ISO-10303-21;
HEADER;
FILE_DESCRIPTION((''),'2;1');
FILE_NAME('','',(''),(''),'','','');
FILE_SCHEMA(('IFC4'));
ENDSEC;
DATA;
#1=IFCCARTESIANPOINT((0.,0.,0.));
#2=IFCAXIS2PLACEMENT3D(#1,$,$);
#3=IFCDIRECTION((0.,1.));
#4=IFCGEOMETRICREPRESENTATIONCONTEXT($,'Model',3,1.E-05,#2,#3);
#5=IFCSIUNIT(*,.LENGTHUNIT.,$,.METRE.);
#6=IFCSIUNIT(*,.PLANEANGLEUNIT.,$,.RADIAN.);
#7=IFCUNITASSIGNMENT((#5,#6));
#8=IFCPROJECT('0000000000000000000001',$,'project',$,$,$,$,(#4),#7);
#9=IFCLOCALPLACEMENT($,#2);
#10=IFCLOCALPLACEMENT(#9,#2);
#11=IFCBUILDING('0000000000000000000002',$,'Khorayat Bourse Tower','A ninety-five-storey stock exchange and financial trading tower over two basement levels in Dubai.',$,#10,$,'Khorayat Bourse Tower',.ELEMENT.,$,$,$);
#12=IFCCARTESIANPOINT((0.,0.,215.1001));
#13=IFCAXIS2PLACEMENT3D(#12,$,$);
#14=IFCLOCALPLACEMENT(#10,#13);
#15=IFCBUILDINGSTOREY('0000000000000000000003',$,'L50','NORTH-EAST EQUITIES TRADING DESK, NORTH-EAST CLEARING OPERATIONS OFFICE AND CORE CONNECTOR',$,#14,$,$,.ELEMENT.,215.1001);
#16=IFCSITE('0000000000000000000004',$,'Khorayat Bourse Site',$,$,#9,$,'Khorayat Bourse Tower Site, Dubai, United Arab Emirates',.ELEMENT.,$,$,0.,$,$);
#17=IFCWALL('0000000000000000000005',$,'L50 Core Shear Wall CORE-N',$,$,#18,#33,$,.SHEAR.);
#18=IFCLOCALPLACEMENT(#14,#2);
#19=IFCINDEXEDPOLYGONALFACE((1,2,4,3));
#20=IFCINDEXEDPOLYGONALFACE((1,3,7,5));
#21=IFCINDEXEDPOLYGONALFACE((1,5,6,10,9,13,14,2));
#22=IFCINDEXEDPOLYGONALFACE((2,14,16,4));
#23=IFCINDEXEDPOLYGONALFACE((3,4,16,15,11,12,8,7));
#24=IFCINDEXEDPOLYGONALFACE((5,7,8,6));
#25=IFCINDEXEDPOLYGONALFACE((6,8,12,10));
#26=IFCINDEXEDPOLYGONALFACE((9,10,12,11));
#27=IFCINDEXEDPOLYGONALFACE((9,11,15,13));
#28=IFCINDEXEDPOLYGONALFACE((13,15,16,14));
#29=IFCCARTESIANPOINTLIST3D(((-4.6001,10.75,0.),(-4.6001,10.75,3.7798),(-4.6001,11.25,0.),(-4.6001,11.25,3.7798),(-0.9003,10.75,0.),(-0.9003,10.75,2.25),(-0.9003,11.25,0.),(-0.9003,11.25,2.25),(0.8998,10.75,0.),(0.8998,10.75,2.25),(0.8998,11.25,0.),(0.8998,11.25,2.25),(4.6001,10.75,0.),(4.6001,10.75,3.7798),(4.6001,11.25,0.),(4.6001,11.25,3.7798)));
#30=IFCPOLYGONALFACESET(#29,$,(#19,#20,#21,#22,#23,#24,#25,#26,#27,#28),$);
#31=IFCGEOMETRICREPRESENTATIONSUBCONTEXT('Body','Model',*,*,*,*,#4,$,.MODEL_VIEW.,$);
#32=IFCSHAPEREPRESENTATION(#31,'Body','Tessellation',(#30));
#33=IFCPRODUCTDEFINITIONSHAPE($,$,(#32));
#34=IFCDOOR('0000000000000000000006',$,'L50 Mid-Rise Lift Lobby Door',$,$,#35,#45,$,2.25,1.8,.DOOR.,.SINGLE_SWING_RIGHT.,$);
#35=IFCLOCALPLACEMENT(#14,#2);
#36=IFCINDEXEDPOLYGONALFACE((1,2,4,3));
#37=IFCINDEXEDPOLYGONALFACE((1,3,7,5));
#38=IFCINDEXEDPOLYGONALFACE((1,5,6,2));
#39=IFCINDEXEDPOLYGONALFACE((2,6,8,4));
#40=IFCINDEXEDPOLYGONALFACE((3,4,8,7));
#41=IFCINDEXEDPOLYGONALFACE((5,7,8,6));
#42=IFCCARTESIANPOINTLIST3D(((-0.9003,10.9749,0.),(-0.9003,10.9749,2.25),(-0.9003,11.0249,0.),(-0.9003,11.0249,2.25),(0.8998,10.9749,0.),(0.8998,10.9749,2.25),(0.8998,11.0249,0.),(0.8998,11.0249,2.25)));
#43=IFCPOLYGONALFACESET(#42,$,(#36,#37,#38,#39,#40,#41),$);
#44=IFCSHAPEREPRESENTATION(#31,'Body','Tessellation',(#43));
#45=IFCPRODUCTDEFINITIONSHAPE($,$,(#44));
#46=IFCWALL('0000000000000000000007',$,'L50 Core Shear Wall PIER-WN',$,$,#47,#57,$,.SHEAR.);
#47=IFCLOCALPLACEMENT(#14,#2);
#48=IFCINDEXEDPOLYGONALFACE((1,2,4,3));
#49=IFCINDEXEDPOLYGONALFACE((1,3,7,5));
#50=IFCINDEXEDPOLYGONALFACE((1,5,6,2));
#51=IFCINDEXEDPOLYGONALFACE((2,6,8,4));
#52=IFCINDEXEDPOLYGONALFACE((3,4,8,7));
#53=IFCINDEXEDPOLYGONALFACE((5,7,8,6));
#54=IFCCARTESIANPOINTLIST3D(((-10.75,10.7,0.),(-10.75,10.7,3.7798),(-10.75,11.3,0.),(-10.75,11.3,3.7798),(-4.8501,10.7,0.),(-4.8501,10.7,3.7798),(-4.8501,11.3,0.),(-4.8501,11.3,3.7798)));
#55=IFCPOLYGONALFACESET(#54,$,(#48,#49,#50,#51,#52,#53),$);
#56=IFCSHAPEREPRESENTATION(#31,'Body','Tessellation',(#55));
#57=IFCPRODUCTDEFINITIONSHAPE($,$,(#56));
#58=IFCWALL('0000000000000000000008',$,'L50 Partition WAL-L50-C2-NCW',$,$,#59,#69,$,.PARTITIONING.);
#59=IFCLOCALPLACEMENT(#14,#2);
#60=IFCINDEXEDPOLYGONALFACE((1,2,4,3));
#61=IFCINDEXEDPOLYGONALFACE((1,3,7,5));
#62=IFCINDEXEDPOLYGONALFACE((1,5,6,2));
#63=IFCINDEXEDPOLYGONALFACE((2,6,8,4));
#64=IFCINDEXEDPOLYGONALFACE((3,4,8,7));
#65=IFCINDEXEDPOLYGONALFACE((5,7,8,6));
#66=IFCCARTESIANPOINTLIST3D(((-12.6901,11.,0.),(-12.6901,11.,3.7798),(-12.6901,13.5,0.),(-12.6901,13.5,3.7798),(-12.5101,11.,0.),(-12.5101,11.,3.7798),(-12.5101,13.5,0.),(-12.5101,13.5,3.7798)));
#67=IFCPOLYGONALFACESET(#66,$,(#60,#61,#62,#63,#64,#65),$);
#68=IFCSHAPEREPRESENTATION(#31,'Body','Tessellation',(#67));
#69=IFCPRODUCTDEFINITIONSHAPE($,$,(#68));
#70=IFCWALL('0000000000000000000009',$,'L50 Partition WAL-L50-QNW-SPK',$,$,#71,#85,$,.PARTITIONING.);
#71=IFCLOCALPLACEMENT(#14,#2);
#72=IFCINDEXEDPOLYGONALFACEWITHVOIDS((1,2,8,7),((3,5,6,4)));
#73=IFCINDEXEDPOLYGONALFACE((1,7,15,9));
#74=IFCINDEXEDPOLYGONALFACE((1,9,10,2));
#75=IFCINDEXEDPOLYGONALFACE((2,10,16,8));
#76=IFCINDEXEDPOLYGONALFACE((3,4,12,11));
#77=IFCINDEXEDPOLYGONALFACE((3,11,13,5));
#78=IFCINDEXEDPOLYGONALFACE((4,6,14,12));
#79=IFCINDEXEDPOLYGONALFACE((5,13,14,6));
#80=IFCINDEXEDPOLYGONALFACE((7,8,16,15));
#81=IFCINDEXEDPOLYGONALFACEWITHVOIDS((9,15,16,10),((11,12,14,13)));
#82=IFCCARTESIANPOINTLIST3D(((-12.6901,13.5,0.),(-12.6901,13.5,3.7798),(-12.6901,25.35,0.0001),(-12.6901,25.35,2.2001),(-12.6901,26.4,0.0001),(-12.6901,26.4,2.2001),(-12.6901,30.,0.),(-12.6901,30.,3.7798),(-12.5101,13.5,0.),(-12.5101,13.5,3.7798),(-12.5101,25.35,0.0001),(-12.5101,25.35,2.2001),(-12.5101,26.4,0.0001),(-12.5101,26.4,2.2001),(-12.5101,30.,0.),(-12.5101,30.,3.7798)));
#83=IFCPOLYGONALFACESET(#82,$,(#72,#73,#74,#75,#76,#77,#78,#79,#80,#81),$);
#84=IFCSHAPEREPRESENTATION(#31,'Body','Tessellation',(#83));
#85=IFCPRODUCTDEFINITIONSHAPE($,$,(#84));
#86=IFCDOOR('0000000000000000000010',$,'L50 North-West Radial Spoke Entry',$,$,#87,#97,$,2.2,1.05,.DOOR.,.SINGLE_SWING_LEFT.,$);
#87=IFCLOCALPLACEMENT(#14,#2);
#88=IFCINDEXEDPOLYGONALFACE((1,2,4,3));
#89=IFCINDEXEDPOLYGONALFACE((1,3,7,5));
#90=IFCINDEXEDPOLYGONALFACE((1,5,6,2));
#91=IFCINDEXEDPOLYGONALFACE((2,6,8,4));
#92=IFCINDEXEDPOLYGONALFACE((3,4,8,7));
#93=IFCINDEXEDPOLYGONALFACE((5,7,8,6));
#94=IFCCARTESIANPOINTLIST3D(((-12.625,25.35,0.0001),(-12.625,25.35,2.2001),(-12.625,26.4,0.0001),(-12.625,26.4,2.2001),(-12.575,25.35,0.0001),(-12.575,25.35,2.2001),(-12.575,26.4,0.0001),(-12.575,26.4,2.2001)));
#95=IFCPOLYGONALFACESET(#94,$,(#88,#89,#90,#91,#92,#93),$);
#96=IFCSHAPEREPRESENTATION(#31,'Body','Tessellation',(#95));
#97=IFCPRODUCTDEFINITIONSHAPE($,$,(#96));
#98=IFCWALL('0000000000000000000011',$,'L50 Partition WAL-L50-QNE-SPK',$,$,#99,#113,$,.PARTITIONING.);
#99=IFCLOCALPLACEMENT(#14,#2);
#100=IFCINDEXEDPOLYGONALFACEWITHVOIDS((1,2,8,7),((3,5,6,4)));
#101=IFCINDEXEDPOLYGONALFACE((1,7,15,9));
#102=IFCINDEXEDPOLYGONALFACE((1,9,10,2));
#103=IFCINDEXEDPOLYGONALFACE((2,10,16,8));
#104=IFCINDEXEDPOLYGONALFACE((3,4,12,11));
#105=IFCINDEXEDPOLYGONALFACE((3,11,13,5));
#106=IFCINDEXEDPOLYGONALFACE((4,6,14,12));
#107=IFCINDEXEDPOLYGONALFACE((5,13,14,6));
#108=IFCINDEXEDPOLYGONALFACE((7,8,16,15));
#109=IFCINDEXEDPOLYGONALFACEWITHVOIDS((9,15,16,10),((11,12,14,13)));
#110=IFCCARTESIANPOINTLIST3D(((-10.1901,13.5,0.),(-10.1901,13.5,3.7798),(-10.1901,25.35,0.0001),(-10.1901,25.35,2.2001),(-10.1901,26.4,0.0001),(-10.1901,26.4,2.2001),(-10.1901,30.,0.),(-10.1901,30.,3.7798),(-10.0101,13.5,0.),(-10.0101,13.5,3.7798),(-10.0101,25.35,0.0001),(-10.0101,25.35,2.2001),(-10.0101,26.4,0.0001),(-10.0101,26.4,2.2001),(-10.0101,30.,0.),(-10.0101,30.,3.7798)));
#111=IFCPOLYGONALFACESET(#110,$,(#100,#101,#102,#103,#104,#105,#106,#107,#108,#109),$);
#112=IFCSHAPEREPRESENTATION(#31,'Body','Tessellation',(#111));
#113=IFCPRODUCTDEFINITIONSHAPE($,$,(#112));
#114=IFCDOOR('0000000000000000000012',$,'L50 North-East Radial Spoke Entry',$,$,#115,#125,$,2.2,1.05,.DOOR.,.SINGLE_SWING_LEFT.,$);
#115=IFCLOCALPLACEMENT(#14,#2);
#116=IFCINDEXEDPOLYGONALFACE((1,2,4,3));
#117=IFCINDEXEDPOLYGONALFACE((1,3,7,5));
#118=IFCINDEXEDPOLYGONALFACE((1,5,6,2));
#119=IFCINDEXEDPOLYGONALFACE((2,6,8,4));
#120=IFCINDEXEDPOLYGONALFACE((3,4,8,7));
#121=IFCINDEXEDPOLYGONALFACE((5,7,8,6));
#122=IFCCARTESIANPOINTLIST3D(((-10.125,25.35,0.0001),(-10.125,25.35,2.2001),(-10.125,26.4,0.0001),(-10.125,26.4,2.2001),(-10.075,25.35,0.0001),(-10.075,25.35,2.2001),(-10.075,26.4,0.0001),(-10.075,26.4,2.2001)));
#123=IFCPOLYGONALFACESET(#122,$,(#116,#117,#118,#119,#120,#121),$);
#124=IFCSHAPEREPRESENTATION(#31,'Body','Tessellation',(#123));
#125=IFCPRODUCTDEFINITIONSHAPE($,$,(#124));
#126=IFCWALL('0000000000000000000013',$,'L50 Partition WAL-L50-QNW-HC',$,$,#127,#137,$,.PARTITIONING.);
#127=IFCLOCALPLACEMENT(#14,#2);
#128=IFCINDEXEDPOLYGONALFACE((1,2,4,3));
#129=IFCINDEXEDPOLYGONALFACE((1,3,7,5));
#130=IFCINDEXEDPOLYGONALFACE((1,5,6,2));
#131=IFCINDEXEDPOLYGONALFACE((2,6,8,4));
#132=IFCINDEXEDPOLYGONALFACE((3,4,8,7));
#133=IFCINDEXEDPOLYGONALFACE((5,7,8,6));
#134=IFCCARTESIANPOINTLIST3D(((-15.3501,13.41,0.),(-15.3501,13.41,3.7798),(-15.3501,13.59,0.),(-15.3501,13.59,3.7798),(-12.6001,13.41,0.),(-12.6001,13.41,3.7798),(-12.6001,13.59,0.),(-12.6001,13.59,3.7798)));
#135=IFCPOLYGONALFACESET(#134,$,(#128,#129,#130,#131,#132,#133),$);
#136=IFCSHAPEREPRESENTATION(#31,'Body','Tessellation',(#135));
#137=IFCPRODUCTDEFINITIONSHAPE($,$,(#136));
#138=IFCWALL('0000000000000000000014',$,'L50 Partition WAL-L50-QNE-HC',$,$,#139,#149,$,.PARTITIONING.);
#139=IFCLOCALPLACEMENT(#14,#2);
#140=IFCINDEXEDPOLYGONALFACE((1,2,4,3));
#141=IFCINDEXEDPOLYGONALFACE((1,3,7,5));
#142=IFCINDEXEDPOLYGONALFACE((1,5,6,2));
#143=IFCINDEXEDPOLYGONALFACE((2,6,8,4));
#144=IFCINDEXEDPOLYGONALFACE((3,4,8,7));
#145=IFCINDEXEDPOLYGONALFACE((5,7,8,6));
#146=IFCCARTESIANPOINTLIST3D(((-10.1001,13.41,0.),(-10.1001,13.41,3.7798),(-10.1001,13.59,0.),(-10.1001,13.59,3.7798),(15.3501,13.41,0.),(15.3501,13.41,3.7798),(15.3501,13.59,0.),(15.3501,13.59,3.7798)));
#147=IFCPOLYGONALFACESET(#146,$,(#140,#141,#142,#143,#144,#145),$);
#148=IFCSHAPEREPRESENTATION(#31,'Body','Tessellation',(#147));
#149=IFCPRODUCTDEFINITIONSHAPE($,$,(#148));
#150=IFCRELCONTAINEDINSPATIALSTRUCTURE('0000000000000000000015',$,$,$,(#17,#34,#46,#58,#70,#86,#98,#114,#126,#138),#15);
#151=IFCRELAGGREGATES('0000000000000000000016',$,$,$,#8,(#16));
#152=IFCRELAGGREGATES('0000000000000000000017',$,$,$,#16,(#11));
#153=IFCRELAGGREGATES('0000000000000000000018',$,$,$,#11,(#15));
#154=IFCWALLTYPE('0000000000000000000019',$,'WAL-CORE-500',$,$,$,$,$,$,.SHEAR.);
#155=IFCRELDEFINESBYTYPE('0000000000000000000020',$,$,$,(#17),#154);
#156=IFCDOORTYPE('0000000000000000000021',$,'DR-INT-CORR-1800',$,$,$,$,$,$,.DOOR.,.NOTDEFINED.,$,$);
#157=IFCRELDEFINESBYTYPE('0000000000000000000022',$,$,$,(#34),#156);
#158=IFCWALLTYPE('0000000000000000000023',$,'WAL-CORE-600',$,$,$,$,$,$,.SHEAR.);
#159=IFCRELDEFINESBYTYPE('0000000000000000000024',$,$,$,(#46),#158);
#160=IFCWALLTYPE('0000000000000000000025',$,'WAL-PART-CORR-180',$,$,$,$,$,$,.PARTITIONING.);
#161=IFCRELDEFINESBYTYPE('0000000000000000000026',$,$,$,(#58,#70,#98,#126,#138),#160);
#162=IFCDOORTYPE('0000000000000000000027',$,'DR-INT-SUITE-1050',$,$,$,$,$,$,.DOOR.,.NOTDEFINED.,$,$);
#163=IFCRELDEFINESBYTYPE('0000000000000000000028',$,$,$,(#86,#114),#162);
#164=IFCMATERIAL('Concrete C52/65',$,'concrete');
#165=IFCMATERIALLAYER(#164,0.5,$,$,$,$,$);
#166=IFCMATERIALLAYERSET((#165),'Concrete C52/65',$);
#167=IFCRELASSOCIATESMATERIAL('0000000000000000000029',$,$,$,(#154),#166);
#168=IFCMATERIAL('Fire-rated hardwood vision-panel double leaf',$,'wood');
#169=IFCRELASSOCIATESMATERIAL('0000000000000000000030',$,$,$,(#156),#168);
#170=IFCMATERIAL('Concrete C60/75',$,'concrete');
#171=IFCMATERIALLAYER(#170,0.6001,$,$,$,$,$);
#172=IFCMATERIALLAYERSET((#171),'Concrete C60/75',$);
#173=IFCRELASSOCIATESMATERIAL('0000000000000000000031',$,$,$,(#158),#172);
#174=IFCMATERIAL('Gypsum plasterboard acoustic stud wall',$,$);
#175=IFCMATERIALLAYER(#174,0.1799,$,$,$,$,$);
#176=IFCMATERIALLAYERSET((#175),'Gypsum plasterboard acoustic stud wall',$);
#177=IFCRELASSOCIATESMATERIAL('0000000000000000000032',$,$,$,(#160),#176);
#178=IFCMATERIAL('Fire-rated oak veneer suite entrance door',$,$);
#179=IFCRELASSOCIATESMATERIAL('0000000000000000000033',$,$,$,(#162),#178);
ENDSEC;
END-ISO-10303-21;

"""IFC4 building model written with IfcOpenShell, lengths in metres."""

from ifc_helpers import new_model, si_unit, direction, frame, frame_2d, origin, place, context, subcontext, project, spatial, rectangle, extrude, source, transform, mapped, material, layer, layer_set, type_object, element, fill, save


model = new_model("IFC4")

# Units and contexts
model_context = context("Model", 3, precision=1e-05, world=origin(), true_north=direction((0.0, 1.0)))
body_context = subcontext(model_context, "Body", "Model", "MODEL_VIEW")
ifc_project = project(units=[si_unit("LENGTHUNIT", "METRE"), si_unit("PLANEANGLEUNIT", "RADIAN")], contexts=[model_context])

# Site, building, storey
site_placement = place(None, origin())
site = spatial("IfcSite", under=ifc_project, at=site_placement, Name="Khorayat Bourse Site", LongName="Khorayat Bourse Tower Site, Dubai, United Arab Emirates", CompositionType="ELEMENT", RefElevation=0.0)
building_placement = place(site_placement, origin())
building = spatial("IfcBuilding", under=site, at=building_placement, Name="Khorayat Bourse Tower", Description="A ninety-five-storey stock exchange and financial trading tower over two basement levels in Dubai.", LongName="Khorayat Bourse Tower", CompositionType="ELEMENT")
storey_placement = place(building_placement, frame((0.0, 0.0, 215.1001)))
storey = spatial("IfcBuildingStorey", under=building, at=storey_placement, Name="L50", Description="NORTH-EAST EQUITIES TRADING DESK, NORTH-EAST CLEARING OPERATIONS OFFICE AND CORE CONNECTOR", CompositionType="ELEMENT", Elevation=215.1001)

# Shared definitions
ifc_material_1 = material(Name="Concrete C60/75", Category="concrete")

# Wall, opening, door
ifc_material_2 = material(Name="Concrete C52/65", Category="concrete")
ifc_layer_1 = layer(ifc_material_2, 0.5)
ifc_layer_set_1 = layer_set([ifc_layer_1], Name="Concrete C52/65")
wall_type_1 = type_object("IfcWallType", Name="WAL-CORE-500", PredefinedType="SHEAR", material=ifc_layer_set_1)
shared_shape_1 = source(origin(), body_context, "Body", "SweptSolid", [
    extrude(rectangle(XDim=9.2002, YDim=0.5, at=frame_2d((4.6001, 0.0))), origin(), (0.0, 0.0, 1.0), 3.7798),
])
wall_1_placement = place(storey_placement, frame((-4.6001, 11.0, 0.0), z_axis=(0.0, 0.0, 1.0), x_axis=(1.0, 0.0, 0.0)))
wall_1 = element("IfcWall", 1, at=wall_1_placement, inside=storey, type_object=wall_type_1, Name="L50 Core Shear Wall CORE-N", PredefinedType="SHEAR", context=body_context, shape_type="MappedRepresentation", body=[
    mapped(shared_shape_1, transform((0.0, 0.0, 0.0), scale=1.0)),
])
shared_shape_2 = source(origin(), body_context, "Body", "SweptSolid", [
    extrude(rectangle(XDim=1.8, YDim=2.25, at=frame_2d((0.8999, 1.125))), frame((0.0, 0.26, 0.0), z_axis=(0.0, -1.0, 0.0), x_axis=(1.0, 0.0, 0.0)), (0.0, 0.0, 1.0), 0.52),
])
opening_1_placement = place(wall_1_placement, frame((3.7, 0.0, 0.0)))
opening_1 = element("IfcOpeningElement", 2, at=opening_1_placement, cuts=wall_1, PredefinedType="OPENING", context=body_context, shape_type="MappedRepresentation", body=[
    mapped(shared_shape_2, transform((0.0, 0.0, 0.0), scale=1.0)),
])
ifc_material_3 = material(Name="Fire-rated hardwood vision-panel double leaf", Category="wood")
door_type_1 = type_object("IfcDoorType", Name="DR-INT-CORR-1800", OperationType="NOTDEFINED", PredefinedType="DOOR", material=ifc_material_3)
shared_shape_3 = source(origin(), body_context, "Body", "SweptSolid", [
    extrude(rectangle(XDim=1.8, YDim=2.25, at=frame_2d((0.8999, 1.125))), frame((0.0, 0.0249, 0.0), z_axis=(0.0, -1.0, 0.0), x_axis=(1.0, 0.0, 0.0)), (0.0, 0.0, 1.0), 0.05),
])
door_1_placement = place(opening_1_placement, origin())
door_1 = element("IfcDoor", 3, at=door_1_placement, inside=storey, type_object=door_type_1, Name="L50 Mid-Rise Lift Lobby Door", OperationType="SINGLE_SWING_RIGHT", OverallHeight=2.25, OverallWidth=1.8, PredefinedType="DOOR", context=body_context, shape_type="MappedRepresentation", body=[
    mapped(shared_shape_3, transform((0.0, 0.0, 0.0), scale=1.0)),
])
fill(opening_1, door_1)

# Walls
ifc_layer_2 = layer(ifc_material_1, 0.6001)
ifc_layer_set_2 = layer_set([ifc_layer_2], Name="Concrete C60/75")
wall_type_2 = type_object("IfcWallType", Name="WAL-CORE-600", PredefinedType="SHEAR", material=ifc_layer_set_2)
shared_shape_4 = source(origin(), body_context, "Body", "SweptSolid", [
    extrude(rectangle(XDim=5.8999, YDim=0.6001, at=frame_2d((2.95, 0.0))), origin(), (0.0, 0.0, 1.0), 3.7798),
])
wall_2_placement = place(storey_placement, frame((-10.75, 11.0, 0.0), z_axis=(0.0, 0.0, 1.0), x_axis=(1.0, 0.0, 0.0)))
element("IfcWall", 4, at=wall_2_placement, inside=storey, type_object=wall_type_2, Name="L50 Core Shear Wall PIER-WN", PredefinedType="SHEAR", context=body_context, shape_type="MappedRepresentation", body=[
    mapped(shared_shape_4, transform((0.0, 0.0, 0.0), scale=1.0)),
])
ifc_material_4 = material(Name="Gypsum plasterboard acoustic stud wall")
ifc_layer_3 = layer(ifc_material_4, 0.1799)
ifc_layer_set_3 = layer_set([ifc_layer_3], Name="Gypsum plasterboard acoustic stud wall")
wall_type_3 = type_object("IfcWallType", Name="WAL-PART-CORR-180", PredefinedType="PARTITIONING", material=ifc_layer_set_3)
shared_shape_5 = source(origin(), body_context, "Body", "SweptSolid", [
    extrude(rectangle(XDim=2.5, YDim=0.1799, at=frame_2d((1.25, 0.0))), origin(), (0.0, 0.0, 1.0), 3.7798),
])
wall_3_placement = place(storey_placement, frame((-12.6001, 11.0, 0.0), z_axis=(0.0, 0.0, 1.0), x_axis=(0.0, 1.0, 0.0)))
element("IfcWall", 5, at=wall_3_placement, inside=storey, type_object=wall_type_3, Name="L50 Partition WAL-L50-C2-NCW", PredefinedType="PARTITIONING", context=body_context, shape_type="MappedRepresentation", body=[
    mapped(shared_shape_5, transform((0.0, 0.0, 0.0), scale=1.0)),
])

# Walls, openings, doors
shared_shape_6 = source(origin(), body_context, "Body", "SweptSolid", [
    extrude(rectangle(XDim=16.5, YDim=0.1799, at=frame_2d((8.25, 0.0))), origin(), (0.0, 0.0, 1.0), 3.7798),
])
wall_4_placement = place(storey_placement, frame((-12.6001, 13.5, 0.0), z_axis=(0.0, 0.0, 1.0), x_axis=(0.0, 1.0, 0.0)))
wall_4 = element("IfcWall", 6, at=wall_4_placement, inside=storey, type_object=wall_type_3, Name="L50 Partition WAL-L50-QNW-SPK", PredefinedType="PARTITIONING", context=body_context, shape_type="MappedRepresentation", body=[
    mapped(shared_shape_6, transform((0.0, 0.0, 0.0), scale=1.0)),
])
shared_shape_7 = source(origin(), body_context, "Body", "SweptSolid", [
    extrude(rectangle(XDim=1.05, YDim=2.2, at=frame_2d((0.5249, 1.1001))), frame((0.0, 0.0999, 0.0), z_axis=(0.0, -1.0, 0.0), x_axis=(1.0, 0.0, 0.0)), (0.0, 0.0, 1.0), 0.2),
])
opening_2_placement = place(wall_4_placement, frame((11.8501, 0.0, 0.0)))
opening_2 = element("IfcOpeningElement", 7, at=opening_2_placement, cuts=wall_4, PredefinedType="OPENING", context=body_context, shape_type="MappedRepresentation", body=[
    mapped(shared_shape_7, transform((0.0, 0.0, 0.0), scale=1.0)),
])
ifc_material_5 = material(Name="Fire-rated oak veneer suite entrance door")
door_type_2 = type_object("IfcDoorType", Name="DR-INT-SUITE-1050", OperationType="NOTDEFINED", PredefinedType="DOOR", material=ifc_material_5)
shared_shape_8 = source(origin(), body_context, "Body", "SweptSolid", [
    extrude(rectangle(XDim=1.05, YDim=2.2, at=frame_2d((0.5249, 1.1001))), frame((0.0, 0.0249, 0.0), z_axis=(0.0, -1.0, 0.0), x_axis=(1.0, 0.0, 0.0)), (0.0, 0.0, 1.0), 0.05),
])
door_2_placement = place(opening_2_placement, origin())
door_2 = element("IfcDoor", 8, at=door_2_placement, inside=storey, type_object=door_type_2, Name="L50 North-West Radial Spoke Entry", OperationType="SINGLE_SWING_LEFT", OverallHeight=2.2, OverallWidth=1.05, PredefinedType="DOOR", context=body_context, shape_type="MappedRepresentation", body=[
    mapped(shared_shape_8, transform((0.0, 0.0, 0.0), scale=1.0)),
])
fill(opening_2, door_2)
wall_5_placement = place(storey_placement, frame((-10.1001, 13.5, 0.0), z_axis=(0.0, 0.0, 1.0), x_axis=(0.0, 1.0, 0.0)))
wall_5 = element("IfcWall", 9, at=wall_5_placement, inside=storey, type_object=wall_type_3, Name="L50 Partition WAL-L50-QNE-SPK", PredefinedType="PARTITIONING", context=body_context, shape_type="MappedRepresentation", body=[
    mapped(shared_shape_6, transform((0.0, 0.0, 0.0), scale=1.0)),
])
opening_3_placement = place(wall_5_placement, frame((11.8501, 0.0, 0.0)))
opening_3 = element("IfcOpeningElement", 10, at=opening_3_placement, cuts=wall_5, PredefinedType="OPENING", context=body_context, shape_type="MappedRepresentation", body=[
    mapped(shared_shape_7, transform((0.0, 0.0, 0.0), scale=1.0)),
])
door_3_placement = place(opening_3_placement, origin())
door_3 = element("IfcDoor", 11, at=door_3_placement, inside=storey, type_object=door_type_2, Name="L50 North-East Radial Spoke Entry", OperationType="SINGLE_SWING_LEFT", OverallHeight=2.2, OverallWidth=1.05, PredefinedType="DOOR", context=body_context, shape_type="MappedRepresentation", body=[
    mapped(shared_shape_8, transform((0.0, 0.0, 0.0), scale=1.0)),
])
fill(opening_3, door_3)

# Walls
shared_shape_9 = source(origin(), body_context, "Body", "SweptSolid", [
    extrude(rectangle(XDim=2.75, YDim=0.1799, at=frame_2d((1.375, 0.0))), origin(), (0.0, 0.0, 1.0), 3.7798),
])
wall_6_placement = place(storey_placement, frame((-15.3501, 13.5, 0.0), z_axis=(0.0, 0.0, 1.0), x_axis=(1.0, 0.0, 0.0)))
element("IfcWall", 12, at=wall_6_placement, inside=storey, type_object=wall_type_3, Name="L50 Partition WAL-L50-QNW-HC", PredefinedType="PARTITIONING", context=body_context, shape_type="MappedRepresentation", body=[
    mapped(shared_shape_9, transform((0.0, 0.0, 0.0), scale=1.0)),
])
shared_shape_10 = source(origin(), body_context, "Body", "SweptSolid", [
    extrude(rectangle(XDim=25.4502, YDim=0.1799, at=frame_2d((12.7251, 0.0))), origin(), (0.0, 0.0, 1.0), 3.7798),
])
wall_7_placement = place(storey_placement, frame((-10.1001, 13.5, 0.0), z_axis=(0.0, 0.0, 1.0), x_axis=(1.0, 0.0, 0.0)))
element("IfcWall", 13, at=wall_7_placement, inside=storey, type_object=wall_type_3, Name="L50 Partition WAL-L50-QNE-HC", PredefinedType="PARTITIONING", context=body_context, shape_type="MappedRepresentation", body=[
    mapped(shared_shape_10, transform((0.0, 0.0, 0.0), scale=1.0)),
])

save(model, "model.ifc")
